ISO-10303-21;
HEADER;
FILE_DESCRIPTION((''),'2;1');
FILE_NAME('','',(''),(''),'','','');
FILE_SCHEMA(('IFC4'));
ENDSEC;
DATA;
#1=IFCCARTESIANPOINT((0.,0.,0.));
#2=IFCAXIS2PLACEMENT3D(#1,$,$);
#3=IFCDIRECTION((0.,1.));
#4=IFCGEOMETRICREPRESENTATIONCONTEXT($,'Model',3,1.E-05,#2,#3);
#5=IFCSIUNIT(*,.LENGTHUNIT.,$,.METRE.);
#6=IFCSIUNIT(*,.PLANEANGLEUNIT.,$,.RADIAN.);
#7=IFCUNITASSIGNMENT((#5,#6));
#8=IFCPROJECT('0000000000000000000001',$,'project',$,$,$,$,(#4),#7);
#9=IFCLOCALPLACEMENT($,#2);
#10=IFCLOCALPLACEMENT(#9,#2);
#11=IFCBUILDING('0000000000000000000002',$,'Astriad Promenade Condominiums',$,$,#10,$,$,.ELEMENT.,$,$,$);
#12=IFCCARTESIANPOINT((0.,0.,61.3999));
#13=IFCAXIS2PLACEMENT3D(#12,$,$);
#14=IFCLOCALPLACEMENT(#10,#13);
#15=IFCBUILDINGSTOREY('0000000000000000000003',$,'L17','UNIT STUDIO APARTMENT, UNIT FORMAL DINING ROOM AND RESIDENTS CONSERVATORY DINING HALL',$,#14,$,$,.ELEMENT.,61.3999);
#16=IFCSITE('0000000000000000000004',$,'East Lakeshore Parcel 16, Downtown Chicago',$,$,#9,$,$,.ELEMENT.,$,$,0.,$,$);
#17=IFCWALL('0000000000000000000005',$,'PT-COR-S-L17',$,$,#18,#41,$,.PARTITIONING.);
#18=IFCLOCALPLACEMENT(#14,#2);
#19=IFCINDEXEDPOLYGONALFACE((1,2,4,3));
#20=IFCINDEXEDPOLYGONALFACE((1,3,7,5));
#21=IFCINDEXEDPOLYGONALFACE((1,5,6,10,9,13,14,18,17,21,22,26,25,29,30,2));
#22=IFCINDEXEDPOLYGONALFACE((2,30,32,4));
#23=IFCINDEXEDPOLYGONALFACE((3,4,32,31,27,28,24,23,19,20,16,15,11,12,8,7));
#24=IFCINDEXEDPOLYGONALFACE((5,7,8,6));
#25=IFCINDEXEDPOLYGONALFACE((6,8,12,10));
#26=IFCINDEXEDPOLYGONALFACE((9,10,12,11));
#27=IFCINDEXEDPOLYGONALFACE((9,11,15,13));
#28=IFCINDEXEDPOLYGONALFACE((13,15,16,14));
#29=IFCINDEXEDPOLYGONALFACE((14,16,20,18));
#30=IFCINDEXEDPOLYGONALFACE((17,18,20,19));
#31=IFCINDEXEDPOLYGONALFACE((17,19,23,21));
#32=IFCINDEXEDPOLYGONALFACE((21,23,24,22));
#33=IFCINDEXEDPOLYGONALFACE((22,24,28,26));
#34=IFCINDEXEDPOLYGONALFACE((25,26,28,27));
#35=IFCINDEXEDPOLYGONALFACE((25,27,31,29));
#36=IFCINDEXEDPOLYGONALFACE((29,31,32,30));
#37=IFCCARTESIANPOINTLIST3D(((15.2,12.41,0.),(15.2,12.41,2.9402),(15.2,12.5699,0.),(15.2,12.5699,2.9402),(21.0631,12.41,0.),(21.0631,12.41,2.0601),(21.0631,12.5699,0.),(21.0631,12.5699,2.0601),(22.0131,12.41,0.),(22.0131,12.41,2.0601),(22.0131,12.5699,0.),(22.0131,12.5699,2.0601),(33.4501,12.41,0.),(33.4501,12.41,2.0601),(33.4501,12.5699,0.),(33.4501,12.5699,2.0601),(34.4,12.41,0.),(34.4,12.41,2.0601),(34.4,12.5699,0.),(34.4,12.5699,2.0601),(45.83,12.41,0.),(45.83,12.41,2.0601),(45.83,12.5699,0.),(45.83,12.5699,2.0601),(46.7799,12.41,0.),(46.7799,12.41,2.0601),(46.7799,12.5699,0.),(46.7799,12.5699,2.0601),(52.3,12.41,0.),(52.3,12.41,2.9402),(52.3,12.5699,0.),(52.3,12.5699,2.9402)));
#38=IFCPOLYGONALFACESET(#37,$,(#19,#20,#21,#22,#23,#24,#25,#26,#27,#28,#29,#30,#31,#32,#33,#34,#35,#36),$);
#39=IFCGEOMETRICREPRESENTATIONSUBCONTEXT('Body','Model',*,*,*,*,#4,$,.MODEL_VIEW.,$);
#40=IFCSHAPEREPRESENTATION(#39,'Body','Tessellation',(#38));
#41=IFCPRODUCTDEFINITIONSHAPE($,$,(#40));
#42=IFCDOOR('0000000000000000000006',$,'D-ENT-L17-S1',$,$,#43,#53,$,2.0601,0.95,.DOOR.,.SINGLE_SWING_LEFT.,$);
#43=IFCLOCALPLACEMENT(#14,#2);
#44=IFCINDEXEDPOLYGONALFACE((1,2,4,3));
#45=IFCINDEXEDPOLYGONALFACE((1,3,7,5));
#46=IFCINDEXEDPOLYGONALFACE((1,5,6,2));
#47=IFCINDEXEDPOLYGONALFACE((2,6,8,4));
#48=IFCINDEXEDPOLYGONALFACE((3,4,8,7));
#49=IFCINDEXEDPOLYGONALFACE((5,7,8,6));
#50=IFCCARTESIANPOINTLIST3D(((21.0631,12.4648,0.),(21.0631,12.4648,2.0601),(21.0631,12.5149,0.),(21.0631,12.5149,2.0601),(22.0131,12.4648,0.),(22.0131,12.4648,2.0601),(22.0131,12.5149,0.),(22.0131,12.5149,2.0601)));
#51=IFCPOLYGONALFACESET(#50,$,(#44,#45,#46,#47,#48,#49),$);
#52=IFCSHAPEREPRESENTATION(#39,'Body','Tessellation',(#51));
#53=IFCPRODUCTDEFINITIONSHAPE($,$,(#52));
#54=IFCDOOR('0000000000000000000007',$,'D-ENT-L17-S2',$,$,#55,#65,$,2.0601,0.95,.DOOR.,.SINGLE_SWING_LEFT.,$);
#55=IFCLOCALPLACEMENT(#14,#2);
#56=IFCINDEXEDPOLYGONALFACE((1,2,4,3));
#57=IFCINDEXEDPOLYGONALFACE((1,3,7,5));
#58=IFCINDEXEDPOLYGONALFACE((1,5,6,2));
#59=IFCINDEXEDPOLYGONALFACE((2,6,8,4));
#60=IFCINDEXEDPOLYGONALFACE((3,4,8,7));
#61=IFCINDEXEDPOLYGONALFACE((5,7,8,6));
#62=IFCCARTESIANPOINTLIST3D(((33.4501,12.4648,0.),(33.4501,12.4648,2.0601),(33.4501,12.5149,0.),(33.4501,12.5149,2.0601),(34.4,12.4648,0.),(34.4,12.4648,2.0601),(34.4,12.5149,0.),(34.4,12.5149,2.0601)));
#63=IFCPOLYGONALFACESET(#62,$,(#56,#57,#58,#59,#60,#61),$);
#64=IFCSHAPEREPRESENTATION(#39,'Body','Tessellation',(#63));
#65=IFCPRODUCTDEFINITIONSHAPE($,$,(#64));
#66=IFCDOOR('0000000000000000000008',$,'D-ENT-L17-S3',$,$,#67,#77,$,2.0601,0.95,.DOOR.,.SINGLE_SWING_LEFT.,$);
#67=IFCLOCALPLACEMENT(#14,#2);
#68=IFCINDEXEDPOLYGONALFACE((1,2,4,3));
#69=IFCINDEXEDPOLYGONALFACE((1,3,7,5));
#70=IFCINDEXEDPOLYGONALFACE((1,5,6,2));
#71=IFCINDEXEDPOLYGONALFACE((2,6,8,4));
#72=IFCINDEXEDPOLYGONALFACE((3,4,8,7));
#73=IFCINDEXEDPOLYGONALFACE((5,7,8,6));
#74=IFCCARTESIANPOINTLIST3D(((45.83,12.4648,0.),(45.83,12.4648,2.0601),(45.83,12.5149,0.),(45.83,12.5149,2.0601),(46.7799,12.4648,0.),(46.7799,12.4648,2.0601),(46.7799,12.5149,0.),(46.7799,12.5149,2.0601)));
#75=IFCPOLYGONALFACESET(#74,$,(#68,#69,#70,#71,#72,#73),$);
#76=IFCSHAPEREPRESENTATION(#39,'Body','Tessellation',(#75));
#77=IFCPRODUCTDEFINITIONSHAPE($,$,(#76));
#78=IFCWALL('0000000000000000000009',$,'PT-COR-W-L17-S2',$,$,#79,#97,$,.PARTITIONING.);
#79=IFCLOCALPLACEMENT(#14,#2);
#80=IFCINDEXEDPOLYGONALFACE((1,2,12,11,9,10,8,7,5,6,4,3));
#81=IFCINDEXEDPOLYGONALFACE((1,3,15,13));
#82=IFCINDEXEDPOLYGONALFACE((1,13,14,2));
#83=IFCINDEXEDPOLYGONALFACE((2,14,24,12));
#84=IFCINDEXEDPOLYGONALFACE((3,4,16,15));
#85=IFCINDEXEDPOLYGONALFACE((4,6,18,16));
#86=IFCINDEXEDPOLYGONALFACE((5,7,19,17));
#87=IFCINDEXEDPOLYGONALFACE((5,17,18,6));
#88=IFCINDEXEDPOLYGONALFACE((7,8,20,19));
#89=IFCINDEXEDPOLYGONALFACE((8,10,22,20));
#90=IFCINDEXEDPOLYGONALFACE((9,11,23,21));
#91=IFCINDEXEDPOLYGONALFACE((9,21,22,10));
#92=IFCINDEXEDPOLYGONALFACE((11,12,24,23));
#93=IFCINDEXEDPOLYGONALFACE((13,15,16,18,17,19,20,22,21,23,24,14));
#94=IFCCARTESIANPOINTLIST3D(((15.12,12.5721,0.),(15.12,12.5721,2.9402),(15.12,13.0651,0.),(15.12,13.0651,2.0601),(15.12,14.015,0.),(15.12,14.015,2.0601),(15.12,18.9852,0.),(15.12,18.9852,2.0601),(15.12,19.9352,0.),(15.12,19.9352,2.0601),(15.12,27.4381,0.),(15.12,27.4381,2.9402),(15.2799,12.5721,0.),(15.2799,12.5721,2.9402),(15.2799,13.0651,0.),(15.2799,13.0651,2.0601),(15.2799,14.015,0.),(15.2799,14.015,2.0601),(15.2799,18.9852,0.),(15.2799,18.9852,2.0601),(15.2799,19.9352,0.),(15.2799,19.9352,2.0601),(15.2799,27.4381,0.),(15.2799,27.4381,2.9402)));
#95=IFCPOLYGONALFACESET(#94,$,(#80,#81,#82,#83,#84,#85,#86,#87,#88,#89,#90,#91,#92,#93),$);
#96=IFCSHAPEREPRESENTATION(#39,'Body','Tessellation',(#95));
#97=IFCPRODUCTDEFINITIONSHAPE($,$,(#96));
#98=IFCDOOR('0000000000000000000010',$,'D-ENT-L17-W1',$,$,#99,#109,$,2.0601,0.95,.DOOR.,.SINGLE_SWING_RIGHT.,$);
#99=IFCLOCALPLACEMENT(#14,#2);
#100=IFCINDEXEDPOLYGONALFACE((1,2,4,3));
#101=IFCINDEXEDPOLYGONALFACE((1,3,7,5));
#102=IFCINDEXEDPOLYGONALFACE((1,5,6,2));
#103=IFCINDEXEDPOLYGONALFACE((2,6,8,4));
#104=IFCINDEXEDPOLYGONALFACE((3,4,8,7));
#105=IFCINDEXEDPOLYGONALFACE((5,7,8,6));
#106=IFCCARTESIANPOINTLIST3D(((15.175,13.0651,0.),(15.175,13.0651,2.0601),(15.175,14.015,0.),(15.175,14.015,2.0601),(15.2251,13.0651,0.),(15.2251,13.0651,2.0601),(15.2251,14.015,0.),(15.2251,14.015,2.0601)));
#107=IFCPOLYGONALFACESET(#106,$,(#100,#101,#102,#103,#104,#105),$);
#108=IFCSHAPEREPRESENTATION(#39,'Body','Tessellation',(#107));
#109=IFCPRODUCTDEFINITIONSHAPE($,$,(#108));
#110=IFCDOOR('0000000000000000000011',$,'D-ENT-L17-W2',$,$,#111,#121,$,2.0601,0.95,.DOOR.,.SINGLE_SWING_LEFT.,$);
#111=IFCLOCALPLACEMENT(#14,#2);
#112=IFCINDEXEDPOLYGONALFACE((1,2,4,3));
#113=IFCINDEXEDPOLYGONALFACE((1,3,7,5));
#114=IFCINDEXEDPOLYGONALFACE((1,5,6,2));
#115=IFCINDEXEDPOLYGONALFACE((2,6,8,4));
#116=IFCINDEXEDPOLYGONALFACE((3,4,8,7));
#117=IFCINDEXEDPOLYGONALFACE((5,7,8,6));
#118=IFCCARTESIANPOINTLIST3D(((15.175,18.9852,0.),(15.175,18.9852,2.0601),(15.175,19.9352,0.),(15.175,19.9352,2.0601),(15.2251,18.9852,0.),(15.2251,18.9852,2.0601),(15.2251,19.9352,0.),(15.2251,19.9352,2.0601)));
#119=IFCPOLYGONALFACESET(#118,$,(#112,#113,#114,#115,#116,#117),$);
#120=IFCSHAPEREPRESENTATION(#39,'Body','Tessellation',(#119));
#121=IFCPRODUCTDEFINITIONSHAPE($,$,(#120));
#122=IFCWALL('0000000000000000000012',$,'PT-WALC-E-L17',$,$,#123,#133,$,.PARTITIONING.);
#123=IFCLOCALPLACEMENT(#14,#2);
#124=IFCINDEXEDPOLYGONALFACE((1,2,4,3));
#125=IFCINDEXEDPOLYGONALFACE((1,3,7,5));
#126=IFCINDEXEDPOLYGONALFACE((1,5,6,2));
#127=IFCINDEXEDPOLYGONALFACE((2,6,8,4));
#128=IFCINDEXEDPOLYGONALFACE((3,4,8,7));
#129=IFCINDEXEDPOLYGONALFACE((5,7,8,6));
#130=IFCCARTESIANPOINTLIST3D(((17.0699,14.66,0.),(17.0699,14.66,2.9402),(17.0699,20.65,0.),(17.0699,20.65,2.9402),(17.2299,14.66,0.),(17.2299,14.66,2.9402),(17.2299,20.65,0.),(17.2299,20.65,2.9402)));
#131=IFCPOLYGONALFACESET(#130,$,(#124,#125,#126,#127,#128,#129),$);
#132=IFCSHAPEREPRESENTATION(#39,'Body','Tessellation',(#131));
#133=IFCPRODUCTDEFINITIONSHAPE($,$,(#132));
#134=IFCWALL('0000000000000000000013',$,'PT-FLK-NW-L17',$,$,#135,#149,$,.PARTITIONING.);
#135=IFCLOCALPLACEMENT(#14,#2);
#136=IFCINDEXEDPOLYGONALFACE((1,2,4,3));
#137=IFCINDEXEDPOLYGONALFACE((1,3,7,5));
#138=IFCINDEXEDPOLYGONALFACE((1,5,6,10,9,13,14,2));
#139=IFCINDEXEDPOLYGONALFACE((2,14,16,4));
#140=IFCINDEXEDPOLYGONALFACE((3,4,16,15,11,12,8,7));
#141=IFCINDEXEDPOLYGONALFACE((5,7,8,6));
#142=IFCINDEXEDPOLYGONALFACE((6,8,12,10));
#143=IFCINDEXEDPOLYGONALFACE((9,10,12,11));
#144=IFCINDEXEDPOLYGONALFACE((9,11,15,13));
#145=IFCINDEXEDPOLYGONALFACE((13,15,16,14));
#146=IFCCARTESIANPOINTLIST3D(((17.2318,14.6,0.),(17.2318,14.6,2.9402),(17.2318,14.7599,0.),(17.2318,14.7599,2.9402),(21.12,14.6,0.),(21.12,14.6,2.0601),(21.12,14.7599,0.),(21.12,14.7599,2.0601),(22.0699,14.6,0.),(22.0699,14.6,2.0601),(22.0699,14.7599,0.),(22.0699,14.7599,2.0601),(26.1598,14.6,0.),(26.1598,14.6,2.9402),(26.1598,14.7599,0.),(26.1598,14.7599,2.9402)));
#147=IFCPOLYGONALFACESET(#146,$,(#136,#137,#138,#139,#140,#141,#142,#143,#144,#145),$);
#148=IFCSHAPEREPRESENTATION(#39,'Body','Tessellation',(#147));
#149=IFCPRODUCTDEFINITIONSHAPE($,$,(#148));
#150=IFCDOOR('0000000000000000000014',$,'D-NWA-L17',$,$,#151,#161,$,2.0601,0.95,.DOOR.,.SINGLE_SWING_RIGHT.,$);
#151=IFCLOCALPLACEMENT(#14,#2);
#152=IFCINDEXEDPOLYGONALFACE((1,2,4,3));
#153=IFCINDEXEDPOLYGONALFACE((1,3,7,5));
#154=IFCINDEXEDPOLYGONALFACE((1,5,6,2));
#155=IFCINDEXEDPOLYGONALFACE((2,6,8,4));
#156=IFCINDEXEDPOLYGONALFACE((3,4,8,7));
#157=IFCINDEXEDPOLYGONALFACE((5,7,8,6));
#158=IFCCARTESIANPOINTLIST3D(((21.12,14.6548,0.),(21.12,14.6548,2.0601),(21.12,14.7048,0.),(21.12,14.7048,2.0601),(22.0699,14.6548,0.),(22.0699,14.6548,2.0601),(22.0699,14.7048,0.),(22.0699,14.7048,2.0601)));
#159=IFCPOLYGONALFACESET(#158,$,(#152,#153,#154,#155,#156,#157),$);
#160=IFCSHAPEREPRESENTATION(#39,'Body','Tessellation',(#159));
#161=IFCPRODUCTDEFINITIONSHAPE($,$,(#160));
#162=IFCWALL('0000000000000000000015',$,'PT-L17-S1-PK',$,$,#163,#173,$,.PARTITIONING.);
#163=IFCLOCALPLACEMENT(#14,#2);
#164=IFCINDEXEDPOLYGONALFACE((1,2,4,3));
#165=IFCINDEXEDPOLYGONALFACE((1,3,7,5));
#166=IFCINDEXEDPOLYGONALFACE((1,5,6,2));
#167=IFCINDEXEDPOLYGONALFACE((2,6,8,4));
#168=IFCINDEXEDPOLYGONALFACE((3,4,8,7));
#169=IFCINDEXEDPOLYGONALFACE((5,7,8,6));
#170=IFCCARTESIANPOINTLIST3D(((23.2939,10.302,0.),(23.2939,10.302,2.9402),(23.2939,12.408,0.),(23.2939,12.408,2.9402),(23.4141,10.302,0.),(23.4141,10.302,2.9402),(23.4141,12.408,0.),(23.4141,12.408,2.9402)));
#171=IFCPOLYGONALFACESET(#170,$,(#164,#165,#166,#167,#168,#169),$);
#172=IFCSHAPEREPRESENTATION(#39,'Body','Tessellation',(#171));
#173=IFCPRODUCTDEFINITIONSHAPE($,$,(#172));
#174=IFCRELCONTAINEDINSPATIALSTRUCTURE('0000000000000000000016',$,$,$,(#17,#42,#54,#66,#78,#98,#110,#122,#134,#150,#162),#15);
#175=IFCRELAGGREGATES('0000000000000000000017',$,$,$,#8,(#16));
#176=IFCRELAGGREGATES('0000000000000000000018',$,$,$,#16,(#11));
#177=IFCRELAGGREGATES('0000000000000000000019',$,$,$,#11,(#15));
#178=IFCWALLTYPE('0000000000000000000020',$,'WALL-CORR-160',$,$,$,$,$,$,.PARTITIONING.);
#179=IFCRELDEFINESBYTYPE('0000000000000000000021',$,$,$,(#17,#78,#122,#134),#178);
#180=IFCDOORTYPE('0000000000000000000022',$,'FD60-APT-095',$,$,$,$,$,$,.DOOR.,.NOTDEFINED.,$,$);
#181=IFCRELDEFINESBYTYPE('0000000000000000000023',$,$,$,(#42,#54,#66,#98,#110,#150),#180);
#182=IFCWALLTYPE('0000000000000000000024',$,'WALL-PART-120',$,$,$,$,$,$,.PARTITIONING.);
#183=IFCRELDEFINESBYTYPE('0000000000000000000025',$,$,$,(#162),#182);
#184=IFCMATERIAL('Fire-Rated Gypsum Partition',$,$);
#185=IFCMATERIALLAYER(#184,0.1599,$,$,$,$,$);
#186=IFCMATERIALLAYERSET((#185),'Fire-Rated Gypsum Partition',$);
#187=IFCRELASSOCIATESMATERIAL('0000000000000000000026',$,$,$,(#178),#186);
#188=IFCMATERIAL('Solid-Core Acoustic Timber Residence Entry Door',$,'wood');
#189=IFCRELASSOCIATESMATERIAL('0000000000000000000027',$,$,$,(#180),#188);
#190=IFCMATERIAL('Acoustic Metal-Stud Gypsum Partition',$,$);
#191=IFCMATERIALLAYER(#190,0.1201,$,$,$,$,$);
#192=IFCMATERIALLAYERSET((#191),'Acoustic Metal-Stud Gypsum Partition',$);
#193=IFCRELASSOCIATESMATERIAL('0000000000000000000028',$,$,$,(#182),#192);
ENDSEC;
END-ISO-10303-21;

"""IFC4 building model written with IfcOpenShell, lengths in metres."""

from ifc_helpers import new_model, si_unit, direction, frame, frame_2d, origin, place, context, subcontext, project, spatial, rectangle, extrude, source, transform, mapped, material, layer, layer_set, type_object, type_shapes, element, fill, save


model = new_model("IFC4")

# Units and contexts
model_context = context("Model", 3, precision=1e-05, world=origin(), true_north=direction((0.0, 1.0)))
body_context = subcontext(model_context, "Body", "Model", "MODEL_VIEW")
ifc_project = project(units=[si_unit("LENGTHUNIT", "METRE"), si_unit("PLANEANGLEUNIT", "RADIAN")], contexts=[model_context])

# Site, building, storey
site_placement = place(None, origin())
site = spatial("IfcSite", under=ifc_project, at=site_placement, Name="East Lakeshore Parcel 16, Downtown Chicago", CompositionType="ELEMENT", RefElevation=0.0)
building_placement = place(site_placement, origin())
building = spatial("IfcBuilding", under=site, at=building_placement, Name="Astriad Promenade Condominiums", CompositionType="ELEMENT")
storey_placement = place(building_placement, frame((0.0, 0.0, 61.3999)))
storey = spatial("IfcBuildingStorey", under=building, at=storey_placement, Name="L17", Description="UNIT STUDIO APARTMENT, UNIT FORMAL DINING ROOM AND RESIDENTS CONSERVATORY DINING HALL", CompositionType="ELEMENT", Elevation=61.3999)

# Walls, openings, doors
ifc_material_1 = material(Name="Fire-Rated Gypsum Partition")
ifc_layer_1 = layer(ifc_material_1, 0.1599)
ifc_layer_set_1 = layer_set([ifc_layer_1], Name="Fire-Rated Gypsum Partition")
wall_type_1 = type_object("IfcWallType", Name="WALL-CORR-160", PredefinedType="PARTITIONING", material=ifc_layer_set_1)
wall_1_placement = place(storey_placement, frame((15.2, 12.49, 0.0), z_axis=(0.0, 0.0, 1.0), x_axis=(1.0, 0.0, 0.0)))
wall_1 = element("IfcWall", 1, at=wall_1_placement, inside=storey, type_object=wall_type_1, Name="PT-COR-S-L17", PredefinedType="PARTITIONING", context=body_context, shape_type="SweptSolid", body=[
    extrude(rectangle(XDim=37.1001, YDim=0.1599, at=frame_2d((18.55, 0.0))), origin(), (0.0, 0.0, 1.0), 2.9402),
])
opening_1_placement = place(wall_1_placement, frame((5.863, 0.0, 0.0)))
opening_1 = element("IfcOpeningElement", 2, at=opening_1_placement, cuts=wall_1, PredefinedType="OPENING", context=body_context, shape_type="SweptSolid", body=[
    extrude(rectangle(XDim=0.95, YDim=2.0601, at=frame_2d((0.4751, 1.03))), frame((0.0, 0.0898, 0.0), z_axis=(0.0, -1.0, 0.0), x_axis=(1.0, 0.0, 0.0)), (0.0, 0.0, 1.0), 0.1799),
])
opening_2_placement = place(wall_1_placement, frame((18.25, 0.0, 0.0)))
opening_2 = element("IfcOpeningElement", 3, at=opening_2_placement, cuts=wall_1, PredefinedType="OPENING", context=body_context, shape_type="SweptSolid", body=[
    extrude(rectangle(XDim=0.95, YDim=2.0601, at=frame_2d((0.4751, 1.03))), frame((0.0, 0.0898, 0.0), z_axis=(0.0, -1.0, 0.0), x_axis=(1.0, 0.0, 0.0)), (0.0, 0.0, 1.0), 0.1799),
])
opening_3_placement = place(wall_1_placement, frame((30.6299, 0.0, 0.0)))
opening_3 = element("IfcOpeningElement", 4, at=opening_3_placement, cuts=wall_1, PredefinedType="OPENING", context=body_context, shape_type="SweptSolid", body=[
    extrude(rectangle(XDim=0.95, YDim=2.0601, at=frame_2d((0.4751, 1.03))), frame((0.0, 0.0898, 0.0), z_axis=(0.0, -1.0, 0.0), x_axis=(1.0, 0.0, 0.0)), (0.0, 0.0, 1.0), 0.1799),
])
ifc_material_2 = material(Name="Solid-Core Acoustic Timber Residence Entry Door", Category="wood")
door_type = type_object("IfcDoorType", Name="FD60-APT-095", OperationType="NOTDEFINED", PredefinedType="DOOR", material=ifc_material_2)
shared_shape_1 = source(origin(), body_context, "Body", "SweptSolid", [
    extrude(rectangle(XDim=0.95, YDim=2.0601, at=frame_2d((0.4751, 1.03))), frame((0.0, 0.0249, 0.0), z_axis=(0.0, -1.0, 0.0), x_axis=(1.0, 0.0, 0.0)), (0.0, 0.0, 1.0), 0.05),
])
type_shapes(door_type, [shared_shape_1])
door_1_placement = place(opening_1_placement, origin())
door_1 = element("IfcDoor", 5, at=door_1_placement, inside=storey, type_object=door_type, Name="D-ENT-L17-S1", OperationType="SINGLE_SWING_LEFT", OverallHeight=2.0601, OverallWidth=0.95, PredefinedType="DOOR", context=body_context, shape_type="MappedRepresentation", body=[
    mapped(shared_shape_1, transform((0.0, 0.0, 0.0), scale=1.0)),
])
fill(opening_1, door_1)
door_2_placement = place(opening_2_placement, origin())
door_2 = element("IfcDoor", 6, at=door_2_placement, inside=storey, type_object=door_type, Name="D-ENT-L17-S2", OperationType="SINGLE_SWING_LEFT", OverallHeight=2.0601, OverallWidth=0.95, PredefinedType="DOOR", context=body_context, shape_type="MappedRepresentation", body=[
    mapped(shared_shape_1, transform((0.0, 0.0, 0.0), scale=1.0)),
])
fill(opening_2, door_2)
door_3_placement = place(opening_3_placement, origin())
door_3 = element("IfcDoor", 7, at=door_3_placement, inside=storey, type_object=door_type, Name="D-ENT-L17-S3", OperationType="SINGLE_SWING_LEFT", OverallHeight=2.0601, OverallWidth=0.95, PredefinedType="DOOR", context=body_context, shape_type="MappedRepresentation", body=[
    mapped(shared_shape_1, transform((0.0, 0.0, 0.0), scale=1.0)),
])
fill(opening_3, door_3)
wall_2_placement = place(storey_placement, frame((15.2, 12.572, 0.0), z_axis=(0.0, 0.0, 1.0), x_axis=(0.0, 1.0, 0.0)))
wall_2 = element("IfcWall", 8, at=wall_2_placement, inside=storey, type_object=wall_type_1, Name="PT-COR-W-L17-S2", PredefinedType="PARTITIONING", context=body_context, shape_type="SweptSolid", body=[
    extrude(rectangle(XDim=14.866, YDim=0.1599, at=frame_2d((7.4331, 0.0))), origin(), (0.0, 0.0, 1.0), 2.9402),
])
opening_4_placement = place(wall_2_placement, frame((0.4929, 0.0, 0.0)))
opening_4 = element("IfcOpeningElement", 9, at=opening_4_placement, cuts=wall_2, PredefinedType="OPENING", context=body_context, shape_type="SweptSolid", body=[
    extrude(rectangle(XDim=0.95, YDim=2.0601, at=frame_2d((0.4751, 1.03))), frame((0.0, 0.0898, 0.0), z_axis=(0.0, -1.0, 0.0), x_axis=(1.0, 0.0, 0.0)), (0.0, 0.0, 1.0), 0.1799),
])
opening_5_placement = place(wall_2_placement, frame((6.4131, 0.0, 0.0)))
opening_5 = element("IfcOpeningElement", 10, at=opening_5_placement, cuts=wall_2, PredefinedType="OPENING", context=body_context, shape_type="SweptSolid", body=[
    extrude(rectangle(XDim=0.95, YDim=2.0601, at=frame_2d((0.4751, 1.03))), frame((0.0, 0.0898, 0.0), z_axis=(0.0, -1.0, 0.0), x_axis=(1.0, 0.0, 0.0)), (0.0, 0.0, 1.0), 0.1799),
])
door_4_placement = place(opening_4_placement, origin())
door_4 = element("IfcDoor", 11, at=door_4_placement, inside=storey, type_object=door_type, Name="D-ENT-L17-W1", OperationType="SINGLE_SWING_RIGHT", OverallHeight=2.0601, OverallWidth=0.95, PredefinedType="DOOR", context=body_context, shape_type="MappedRepresentation", body=[
    mapped(shared_shape_1, transform((0.0, 0.0, 0.0), scale=1.0)),
])
fill(opening_4, door_4)
door_5_placement = place(opening_5_placement, origin())
door_5 = element("IfcDoor", 12, at=door_5_placement, inside=storey, type_object=door_type, Name="D-ENT-L17-W2", OperationType="SINGLE_SWING_LEFT", OverallHeight=2.0601, OverallWidth=0.95, PredefinedType="DOOR", context=body_context, shape_type="MappedRepresentation", body=[
    mapped(shared_shape_1, transform((0.0, 0.0, 0.0), scale=1.0)),
])
fill(opening_5, door_5)

# Wall
wall_3_placement = place(storey_placement, frame((17.1499, 14.6599, 0.0), z_axis=(0.0, 0.0, 1.0), x_axis=(0.0, 1.0, 0.0)))
element("IfcWall", 13, at=wall_3_placement, inside=storey, type_object=wall_type_1, Name="PT-WALC-E-L17", PredefinedType="PARTITIONING", context=body_context, shape_type="SweptSolid", body=[
    extrude(rectangle(XDim=5.99, YDim=0.1599, at=frame_2d((2.9951, 0.0))), origin(), (0.0, 0.0, 1.0), 2.9402),
])

# Wall, opening, door
wall_4_placement = place(storey_placement, frame((17.2319, 14.6799, 0.0), z_axis=(0.0, 0.0, 1.0), x_axis=(1.0, 0.0, 0.0)))
wall_4 = element("IfcWall", 14, at=wall_4_placement, inside=storey, type_object=wall_type_1, Name="PT-FLK-NW-L17", PredefinedType="PARTITIONING", context=body_context, shape_type="SweptSolid", body=[
    extrude(rectangle(XDim=8.928, YDim=0.1599, at=frame_2d((4.4639, 0.0))), origin(), (0.0, 0.0, 1.0), 2.9402),
])
opening_6_placement = place(wall_4_placement, frame((3.8879, 0.0, 0.0)))
opening_6 = element("IfcOpeningElement", 15, at=opening_6_placement, cuts=wall_4, PredefinedType="OPENING", context=body_context, shape_type="SweptSolid", body=[
    extrude(rectangle(XDim=0.95, YDim=2.0601, at=frame_2d((0.4751, 1.03))), frame((0.0, 0.0898, 0.0), z_axis=(0.0, -1.0, 0.0), x_axis=(1.0, 0.0, 0.0)), (0.0, 0.0, 1.0), 0.1799),
])
door_6_placement = place(opening_6_placement, origin())
door_6 = element("IfcDoor", 16, at=door_6_placement, inside=storey, type_object=door_type, Name="D-NWA-L17", OperationType="SINGLE_SWING_RIGHT", OverallHeight=2.0601, OverallWidth=0.95, PredefinedType="DOOR", context=body_context, shape_type="MappedRepresentation", body=[
    mapped(shared_shape_1, transform((0.0, 0.0, 0.0), scale=1.0)),
])
fill(opening_6, door_6)

# Wall
ifc_material_3 = material(Name="Acoustic Metal-Stud Gypsum Partition")
ifc_layer_2 = layer(ifc_material_3, 0.1201)
ifc_layer_set_2 = layer_set([ifc_layer_2], Name="Acoustic Metal-Stud Gypsum Partition")
wall_type_2 = type_object("IfcWallType", Name="WALL-PART-120", PredefinedType="PARTITIONING", material=ifc_layer_set_2)
for number, where, z_axis, x_axis, name in (
    (17, (23.354, 10.302, 0.0), (0.0, 0.0, 1.0), (0.0, 1.0, 0.0), "PT-L17-S1-PK"),
):
    element("IfcWall", number, at=place(storey_placement, frame(where, z_axis=z_axis, x_axis=x_axis)), inside=storey, type_object=wall_type_2, Name=name, PredefinedType="PARTITIONING", context=body_context, shape_type="SweptSolid", body=[
        extrude(rectangle(XDim=2.106, YDim=0.1201, at=frame_2d((1.053, 0.0))), origin(), (0.0, 0.0, 1.0), 2.9402),
    ])

save(model, "model.ifc")
